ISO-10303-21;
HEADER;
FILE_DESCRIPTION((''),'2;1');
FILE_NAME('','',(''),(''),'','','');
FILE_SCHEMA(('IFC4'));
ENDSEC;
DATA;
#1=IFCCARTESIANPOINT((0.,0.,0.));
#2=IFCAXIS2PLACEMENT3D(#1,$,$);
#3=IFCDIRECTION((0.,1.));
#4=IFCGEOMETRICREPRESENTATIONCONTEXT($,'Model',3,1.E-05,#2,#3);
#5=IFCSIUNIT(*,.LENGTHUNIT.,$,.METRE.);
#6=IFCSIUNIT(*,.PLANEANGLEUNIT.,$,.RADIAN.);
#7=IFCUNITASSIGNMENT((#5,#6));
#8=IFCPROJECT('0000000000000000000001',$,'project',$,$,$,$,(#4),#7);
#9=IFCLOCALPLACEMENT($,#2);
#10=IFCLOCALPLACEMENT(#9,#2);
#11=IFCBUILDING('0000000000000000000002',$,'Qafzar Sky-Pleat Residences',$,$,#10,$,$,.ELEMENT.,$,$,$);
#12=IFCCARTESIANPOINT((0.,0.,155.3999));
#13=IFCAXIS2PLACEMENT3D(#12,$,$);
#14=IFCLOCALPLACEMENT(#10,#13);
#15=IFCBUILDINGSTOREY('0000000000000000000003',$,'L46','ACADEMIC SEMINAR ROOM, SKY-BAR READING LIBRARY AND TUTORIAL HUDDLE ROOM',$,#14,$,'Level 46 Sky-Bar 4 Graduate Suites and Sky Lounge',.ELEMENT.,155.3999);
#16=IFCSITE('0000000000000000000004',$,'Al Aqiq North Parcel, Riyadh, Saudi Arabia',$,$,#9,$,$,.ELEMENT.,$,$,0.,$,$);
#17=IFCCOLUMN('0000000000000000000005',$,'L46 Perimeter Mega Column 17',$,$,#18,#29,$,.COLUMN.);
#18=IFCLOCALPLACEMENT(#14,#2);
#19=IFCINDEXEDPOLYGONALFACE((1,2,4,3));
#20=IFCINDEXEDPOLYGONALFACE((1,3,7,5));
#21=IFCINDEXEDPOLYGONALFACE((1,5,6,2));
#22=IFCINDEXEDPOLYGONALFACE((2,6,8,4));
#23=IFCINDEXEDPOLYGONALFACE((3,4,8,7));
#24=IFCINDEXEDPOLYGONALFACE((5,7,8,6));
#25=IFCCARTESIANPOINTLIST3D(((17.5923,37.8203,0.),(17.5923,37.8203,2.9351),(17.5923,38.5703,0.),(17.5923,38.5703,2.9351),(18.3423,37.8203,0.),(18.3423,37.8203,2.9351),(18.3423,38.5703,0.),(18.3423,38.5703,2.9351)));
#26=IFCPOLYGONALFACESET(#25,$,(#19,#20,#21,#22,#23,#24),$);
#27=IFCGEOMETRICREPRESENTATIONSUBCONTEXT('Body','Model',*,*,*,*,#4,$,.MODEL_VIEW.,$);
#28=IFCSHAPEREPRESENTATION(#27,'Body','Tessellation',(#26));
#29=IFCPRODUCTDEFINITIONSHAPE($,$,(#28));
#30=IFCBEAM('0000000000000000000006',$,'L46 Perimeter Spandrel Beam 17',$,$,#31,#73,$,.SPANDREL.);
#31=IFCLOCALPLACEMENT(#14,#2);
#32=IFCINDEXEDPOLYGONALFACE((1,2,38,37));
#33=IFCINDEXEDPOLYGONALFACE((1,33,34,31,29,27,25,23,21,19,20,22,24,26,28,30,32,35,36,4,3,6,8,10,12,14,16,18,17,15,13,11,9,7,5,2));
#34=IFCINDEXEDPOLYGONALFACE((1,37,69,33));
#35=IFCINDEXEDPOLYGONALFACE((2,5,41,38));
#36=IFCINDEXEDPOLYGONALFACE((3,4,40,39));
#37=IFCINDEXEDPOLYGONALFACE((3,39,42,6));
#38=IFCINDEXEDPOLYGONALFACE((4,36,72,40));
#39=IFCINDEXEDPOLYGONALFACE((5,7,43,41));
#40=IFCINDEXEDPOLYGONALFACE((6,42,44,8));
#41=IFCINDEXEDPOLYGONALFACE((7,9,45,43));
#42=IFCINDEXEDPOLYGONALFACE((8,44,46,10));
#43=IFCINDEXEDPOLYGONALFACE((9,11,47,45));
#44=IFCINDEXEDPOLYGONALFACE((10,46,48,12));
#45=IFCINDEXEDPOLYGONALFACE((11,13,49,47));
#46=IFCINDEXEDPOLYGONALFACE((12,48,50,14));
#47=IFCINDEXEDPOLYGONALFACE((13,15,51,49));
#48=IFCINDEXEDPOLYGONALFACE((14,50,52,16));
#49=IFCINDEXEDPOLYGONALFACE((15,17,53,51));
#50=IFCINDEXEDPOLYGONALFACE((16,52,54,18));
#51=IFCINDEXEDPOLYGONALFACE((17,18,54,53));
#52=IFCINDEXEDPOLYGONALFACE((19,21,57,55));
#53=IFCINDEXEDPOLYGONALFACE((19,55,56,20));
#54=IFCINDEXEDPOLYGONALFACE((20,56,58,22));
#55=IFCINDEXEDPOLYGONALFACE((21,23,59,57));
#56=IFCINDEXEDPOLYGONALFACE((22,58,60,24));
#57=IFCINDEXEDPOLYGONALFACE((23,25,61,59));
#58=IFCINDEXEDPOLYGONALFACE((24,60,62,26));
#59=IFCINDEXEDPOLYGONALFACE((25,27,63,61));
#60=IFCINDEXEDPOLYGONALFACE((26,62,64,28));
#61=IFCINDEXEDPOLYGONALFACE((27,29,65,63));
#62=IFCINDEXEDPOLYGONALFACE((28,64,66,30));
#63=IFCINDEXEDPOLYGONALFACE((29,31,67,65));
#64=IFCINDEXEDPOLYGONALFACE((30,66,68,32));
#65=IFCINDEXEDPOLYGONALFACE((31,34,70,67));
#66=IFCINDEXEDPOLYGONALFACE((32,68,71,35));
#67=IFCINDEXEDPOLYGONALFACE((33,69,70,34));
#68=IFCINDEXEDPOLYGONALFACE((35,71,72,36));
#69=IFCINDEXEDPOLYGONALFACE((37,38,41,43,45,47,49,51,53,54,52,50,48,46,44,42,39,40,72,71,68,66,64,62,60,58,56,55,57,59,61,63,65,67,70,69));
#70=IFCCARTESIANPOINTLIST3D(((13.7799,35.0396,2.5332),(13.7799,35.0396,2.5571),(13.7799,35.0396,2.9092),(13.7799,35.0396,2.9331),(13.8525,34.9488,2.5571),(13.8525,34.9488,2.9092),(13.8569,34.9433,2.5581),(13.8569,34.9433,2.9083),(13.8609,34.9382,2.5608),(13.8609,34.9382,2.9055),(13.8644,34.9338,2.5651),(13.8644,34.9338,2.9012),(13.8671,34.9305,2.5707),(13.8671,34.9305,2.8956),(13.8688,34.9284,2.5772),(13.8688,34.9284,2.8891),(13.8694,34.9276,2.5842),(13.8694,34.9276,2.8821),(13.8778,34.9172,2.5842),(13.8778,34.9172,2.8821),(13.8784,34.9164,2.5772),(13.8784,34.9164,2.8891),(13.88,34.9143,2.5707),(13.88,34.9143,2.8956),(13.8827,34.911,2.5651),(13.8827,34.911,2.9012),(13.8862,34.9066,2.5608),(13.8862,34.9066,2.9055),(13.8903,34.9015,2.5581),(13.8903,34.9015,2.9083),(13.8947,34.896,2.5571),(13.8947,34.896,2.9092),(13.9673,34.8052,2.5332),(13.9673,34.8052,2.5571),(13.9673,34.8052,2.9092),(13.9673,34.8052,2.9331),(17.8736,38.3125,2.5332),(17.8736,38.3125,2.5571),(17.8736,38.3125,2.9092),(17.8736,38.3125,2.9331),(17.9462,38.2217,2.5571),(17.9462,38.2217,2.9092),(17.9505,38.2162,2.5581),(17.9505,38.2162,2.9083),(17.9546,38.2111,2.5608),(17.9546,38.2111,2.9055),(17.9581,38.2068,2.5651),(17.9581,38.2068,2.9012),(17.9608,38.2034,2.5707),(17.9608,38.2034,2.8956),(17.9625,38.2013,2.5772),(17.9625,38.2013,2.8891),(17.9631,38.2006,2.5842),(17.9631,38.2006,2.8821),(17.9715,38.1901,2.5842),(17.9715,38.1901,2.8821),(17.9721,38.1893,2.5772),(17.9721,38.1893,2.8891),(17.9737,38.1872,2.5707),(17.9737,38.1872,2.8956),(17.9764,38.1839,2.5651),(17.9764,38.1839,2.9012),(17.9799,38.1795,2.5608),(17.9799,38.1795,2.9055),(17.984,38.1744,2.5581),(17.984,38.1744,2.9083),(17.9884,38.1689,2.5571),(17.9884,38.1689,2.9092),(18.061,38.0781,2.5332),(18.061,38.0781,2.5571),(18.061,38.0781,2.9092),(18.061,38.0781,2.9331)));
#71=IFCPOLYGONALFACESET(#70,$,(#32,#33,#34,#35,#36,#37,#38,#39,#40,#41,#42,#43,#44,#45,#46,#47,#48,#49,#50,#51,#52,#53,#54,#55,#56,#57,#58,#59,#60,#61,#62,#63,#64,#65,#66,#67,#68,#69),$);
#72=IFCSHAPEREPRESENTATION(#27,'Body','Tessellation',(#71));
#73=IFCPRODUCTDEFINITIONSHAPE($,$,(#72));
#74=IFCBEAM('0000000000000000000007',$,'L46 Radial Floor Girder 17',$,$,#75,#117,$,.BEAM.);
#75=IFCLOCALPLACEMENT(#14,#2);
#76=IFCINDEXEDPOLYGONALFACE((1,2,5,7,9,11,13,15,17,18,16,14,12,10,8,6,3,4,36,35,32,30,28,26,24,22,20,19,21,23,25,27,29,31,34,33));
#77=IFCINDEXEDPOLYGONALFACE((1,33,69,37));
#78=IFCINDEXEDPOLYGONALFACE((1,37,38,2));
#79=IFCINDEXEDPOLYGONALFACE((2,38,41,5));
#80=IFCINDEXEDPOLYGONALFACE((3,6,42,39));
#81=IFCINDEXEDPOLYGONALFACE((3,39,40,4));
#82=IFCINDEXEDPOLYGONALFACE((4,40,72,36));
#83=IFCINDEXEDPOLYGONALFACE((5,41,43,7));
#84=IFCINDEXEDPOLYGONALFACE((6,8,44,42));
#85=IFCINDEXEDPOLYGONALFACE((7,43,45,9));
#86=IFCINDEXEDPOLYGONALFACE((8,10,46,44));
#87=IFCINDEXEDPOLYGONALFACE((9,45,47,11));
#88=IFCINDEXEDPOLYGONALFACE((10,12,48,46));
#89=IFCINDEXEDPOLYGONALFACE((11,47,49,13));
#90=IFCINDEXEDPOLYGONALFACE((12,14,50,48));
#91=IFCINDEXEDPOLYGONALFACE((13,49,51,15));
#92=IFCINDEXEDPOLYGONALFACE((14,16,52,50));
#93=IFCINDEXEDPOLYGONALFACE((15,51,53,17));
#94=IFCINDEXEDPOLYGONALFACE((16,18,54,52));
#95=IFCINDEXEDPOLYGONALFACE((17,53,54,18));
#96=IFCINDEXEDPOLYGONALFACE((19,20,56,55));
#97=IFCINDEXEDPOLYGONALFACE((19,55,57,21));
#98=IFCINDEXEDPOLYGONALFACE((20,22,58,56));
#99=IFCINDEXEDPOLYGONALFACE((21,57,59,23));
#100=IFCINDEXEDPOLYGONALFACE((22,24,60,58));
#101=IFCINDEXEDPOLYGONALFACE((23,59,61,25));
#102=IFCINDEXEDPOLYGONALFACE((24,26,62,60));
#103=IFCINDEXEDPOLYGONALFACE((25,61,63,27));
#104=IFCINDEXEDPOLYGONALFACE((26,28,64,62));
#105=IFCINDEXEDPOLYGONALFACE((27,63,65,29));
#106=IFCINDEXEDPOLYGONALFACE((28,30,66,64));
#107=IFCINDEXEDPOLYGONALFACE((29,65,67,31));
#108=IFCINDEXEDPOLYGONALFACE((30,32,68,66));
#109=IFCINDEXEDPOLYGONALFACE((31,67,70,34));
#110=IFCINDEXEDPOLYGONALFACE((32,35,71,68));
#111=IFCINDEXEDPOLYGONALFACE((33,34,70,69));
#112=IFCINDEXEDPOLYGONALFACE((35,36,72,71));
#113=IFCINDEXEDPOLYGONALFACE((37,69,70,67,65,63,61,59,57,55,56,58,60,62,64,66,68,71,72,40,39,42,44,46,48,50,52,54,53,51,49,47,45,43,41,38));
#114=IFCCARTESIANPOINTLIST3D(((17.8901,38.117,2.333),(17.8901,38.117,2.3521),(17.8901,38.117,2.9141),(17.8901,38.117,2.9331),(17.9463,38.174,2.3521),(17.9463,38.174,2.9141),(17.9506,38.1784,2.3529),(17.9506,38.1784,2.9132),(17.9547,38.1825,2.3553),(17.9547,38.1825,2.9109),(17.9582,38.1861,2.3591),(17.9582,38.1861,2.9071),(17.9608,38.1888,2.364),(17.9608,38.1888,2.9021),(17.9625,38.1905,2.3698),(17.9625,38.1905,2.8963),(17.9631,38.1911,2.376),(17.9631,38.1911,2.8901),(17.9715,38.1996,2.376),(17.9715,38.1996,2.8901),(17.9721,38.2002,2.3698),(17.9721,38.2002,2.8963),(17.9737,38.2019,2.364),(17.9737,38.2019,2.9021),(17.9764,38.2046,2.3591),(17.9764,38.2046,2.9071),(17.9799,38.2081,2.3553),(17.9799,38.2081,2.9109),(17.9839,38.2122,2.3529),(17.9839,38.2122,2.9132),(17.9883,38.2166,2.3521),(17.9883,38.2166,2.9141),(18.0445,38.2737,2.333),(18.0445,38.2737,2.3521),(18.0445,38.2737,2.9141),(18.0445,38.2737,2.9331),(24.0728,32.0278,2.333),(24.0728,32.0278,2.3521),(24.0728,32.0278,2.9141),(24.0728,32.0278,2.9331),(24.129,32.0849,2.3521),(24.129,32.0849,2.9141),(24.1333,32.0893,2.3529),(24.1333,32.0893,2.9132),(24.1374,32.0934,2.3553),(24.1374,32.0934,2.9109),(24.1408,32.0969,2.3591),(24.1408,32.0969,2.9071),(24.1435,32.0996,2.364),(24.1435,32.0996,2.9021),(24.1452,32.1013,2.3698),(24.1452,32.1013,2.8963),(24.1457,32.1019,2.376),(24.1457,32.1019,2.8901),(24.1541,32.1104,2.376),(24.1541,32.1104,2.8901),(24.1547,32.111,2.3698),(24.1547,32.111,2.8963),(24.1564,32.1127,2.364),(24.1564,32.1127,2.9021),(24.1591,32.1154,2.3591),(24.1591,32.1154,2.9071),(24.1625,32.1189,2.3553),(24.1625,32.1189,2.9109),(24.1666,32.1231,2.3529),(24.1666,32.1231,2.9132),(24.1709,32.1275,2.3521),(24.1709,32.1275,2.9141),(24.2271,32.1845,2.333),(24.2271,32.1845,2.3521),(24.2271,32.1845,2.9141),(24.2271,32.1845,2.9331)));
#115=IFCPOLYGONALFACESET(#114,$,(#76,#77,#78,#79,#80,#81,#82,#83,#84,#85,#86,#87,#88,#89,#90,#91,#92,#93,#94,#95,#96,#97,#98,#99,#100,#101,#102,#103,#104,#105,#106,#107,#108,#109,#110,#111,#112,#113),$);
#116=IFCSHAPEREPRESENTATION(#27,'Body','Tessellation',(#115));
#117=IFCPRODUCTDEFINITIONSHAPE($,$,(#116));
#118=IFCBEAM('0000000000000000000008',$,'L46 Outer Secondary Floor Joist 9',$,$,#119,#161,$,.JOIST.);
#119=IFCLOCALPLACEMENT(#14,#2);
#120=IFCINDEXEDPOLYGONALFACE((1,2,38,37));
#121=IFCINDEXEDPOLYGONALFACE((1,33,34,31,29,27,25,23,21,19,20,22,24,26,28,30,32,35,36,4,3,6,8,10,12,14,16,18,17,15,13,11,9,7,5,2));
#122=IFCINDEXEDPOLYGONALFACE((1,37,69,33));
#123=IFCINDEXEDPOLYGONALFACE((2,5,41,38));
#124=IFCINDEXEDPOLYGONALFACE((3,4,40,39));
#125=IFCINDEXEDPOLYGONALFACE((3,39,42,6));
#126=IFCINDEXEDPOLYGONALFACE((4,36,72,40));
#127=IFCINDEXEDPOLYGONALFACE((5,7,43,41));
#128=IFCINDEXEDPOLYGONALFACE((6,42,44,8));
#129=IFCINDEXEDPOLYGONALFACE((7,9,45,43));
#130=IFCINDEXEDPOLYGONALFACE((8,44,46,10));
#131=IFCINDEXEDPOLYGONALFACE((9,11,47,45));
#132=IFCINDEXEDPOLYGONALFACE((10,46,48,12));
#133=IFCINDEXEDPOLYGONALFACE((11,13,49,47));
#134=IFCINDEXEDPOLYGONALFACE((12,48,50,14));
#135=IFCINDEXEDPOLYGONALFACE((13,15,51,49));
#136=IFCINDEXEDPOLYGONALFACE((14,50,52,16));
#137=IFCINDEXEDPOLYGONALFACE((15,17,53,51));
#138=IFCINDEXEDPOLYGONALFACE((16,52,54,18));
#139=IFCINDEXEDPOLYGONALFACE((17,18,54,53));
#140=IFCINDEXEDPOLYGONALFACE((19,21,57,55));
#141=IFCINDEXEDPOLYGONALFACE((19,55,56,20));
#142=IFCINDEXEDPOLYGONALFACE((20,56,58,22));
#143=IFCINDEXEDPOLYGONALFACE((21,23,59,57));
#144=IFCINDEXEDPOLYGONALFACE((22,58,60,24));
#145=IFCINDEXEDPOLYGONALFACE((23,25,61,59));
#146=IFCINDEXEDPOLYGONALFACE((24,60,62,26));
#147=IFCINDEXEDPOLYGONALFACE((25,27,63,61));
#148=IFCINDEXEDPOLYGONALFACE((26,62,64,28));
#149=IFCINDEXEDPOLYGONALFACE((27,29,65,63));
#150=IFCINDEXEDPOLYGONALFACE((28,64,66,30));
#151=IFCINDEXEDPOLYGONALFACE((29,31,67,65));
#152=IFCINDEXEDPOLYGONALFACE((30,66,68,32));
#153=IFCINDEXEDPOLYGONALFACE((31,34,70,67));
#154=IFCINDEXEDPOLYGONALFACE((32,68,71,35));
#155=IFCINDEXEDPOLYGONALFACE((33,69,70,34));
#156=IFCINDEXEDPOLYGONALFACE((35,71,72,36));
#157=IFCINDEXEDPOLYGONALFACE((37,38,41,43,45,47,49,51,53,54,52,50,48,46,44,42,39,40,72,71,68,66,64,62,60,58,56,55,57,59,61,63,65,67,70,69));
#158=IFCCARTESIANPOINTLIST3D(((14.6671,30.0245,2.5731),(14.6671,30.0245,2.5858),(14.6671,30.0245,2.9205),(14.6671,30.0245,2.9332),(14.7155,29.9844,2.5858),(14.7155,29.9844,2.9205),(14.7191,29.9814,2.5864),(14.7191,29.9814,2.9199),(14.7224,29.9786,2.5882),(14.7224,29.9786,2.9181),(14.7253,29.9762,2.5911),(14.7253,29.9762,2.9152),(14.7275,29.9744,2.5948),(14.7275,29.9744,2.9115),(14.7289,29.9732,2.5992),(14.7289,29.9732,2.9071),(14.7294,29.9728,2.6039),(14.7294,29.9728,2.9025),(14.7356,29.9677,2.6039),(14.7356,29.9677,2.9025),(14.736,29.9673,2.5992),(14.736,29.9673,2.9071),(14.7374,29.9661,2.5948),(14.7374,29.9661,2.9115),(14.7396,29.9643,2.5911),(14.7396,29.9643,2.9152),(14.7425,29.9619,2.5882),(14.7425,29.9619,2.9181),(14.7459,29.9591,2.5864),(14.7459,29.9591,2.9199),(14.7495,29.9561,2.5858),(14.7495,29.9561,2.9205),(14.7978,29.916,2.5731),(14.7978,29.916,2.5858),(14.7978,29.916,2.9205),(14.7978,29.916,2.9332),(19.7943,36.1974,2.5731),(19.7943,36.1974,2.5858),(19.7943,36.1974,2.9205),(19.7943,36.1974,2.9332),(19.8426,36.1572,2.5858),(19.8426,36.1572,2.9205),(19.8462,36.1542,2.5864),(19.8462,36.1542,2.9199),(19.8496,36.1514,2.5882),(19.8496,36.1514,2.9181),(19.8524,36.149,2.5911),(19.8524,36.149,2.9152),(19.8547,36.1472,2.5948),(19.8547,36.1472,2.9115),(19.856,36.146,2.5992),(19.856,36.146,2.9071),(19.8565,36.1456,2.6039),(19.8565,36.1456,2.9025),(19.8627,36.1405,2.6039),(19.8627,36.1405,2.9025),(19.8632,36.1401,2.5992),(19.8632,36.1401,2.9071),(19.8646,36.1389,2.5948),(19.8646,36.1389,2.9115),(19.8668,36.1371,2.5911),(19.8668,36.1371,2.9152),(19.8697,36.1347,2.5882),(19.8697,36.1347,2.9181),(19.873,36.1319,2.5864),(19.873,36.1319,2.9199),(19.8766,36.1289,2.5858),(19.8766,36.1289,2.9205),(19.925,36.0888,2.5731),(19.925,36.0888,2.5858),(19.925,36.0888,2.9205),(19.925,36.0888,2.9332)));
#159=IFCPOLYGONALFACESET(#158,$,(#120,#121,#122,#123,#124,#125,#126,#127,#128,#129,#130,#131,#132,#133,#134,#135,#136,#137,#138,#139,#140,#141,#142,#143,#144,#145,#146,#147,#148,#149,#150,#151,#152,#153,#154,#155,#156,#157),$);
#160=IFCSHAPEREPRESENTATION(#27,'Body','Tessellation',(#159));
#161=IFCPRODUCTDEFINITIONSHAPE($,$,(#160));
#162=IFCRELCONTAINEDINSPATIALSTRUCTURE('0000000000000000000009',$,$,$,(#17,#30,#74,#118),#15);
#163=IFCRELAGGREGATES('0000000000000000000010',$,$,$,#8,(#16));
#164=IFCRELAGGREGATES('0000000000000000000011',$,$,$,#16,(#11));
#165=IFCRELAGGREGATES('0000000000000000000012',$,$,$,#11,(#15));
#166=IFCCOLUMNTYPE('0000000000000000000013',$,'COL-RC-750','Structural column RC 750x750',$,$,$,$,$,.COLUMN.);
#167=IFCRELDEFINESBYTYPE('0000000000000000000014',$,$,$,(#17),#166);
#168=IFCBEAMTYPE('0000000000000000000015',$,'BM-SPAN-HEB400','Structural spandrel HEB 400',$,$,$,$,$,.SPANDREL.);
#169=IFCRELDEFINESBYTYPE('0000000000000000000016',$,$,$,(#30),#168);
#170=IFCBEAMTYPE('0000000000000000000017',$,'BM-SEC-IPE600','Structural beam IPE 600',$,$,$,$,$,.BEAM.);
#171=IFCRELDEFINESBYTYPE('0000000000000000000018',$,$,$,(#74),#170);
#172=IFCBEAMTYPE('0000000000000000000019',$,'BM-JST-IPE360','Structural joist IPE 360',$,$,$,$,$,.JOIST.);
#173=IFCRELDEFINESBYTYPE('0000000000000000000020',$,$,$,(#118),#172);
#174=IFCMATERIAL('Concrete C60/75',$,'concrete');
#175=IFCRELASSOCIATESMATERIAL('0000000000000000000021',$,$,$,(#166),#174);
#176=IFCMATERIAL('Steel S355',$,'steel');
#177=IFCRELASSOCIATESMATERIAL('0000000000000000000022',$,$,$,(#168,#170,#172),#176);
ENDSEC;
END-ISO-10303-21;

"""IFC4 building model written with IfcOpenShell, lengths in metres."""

from ifc_helpers import new_model, si_unit, direction, frame, origin, origin_2d, place, context, subcontext, project, spatial, rectangle, i_section, extrude, source, transform, mapped, material, material_profile, profile_set, type_object, element, save


model = new_model("IFC4")

# Units and contexts
model_context = context("Model", 3, precision=1e-05, world=origin(), true_north=direction((0.0, 1.0)))
body_context = subcontext(model_context, "Body", "Model", "MODEL_VIEW")
ifc_project = project(units=[si_unit("LENGTHUNIT", "METRE"), si_unit("PLANEANGLEUNIT", "RADIAN")], contexts=[model_context])

# Site, building, storey
site_placement = place(None, origin())
site = spatial("IfcSite", under=ifc_project, at=site_placement, Name="Al Aqiq North Parcel, Riyadh, Saudi Arabia", CompositionType="ELEMENT", RefElevation=0.0)
building_placement = place(site_placement, origin())
building = spatial("IfcBuilding", under=site, at=building_placement, Name="Qafzar Sky-Pleat Residences", CompositionType="ELEMENT")
storey_placement = place(building_placement, frame((0.0, 0.0, 155.3999)))
storey = spatial("IfcBuildingStorey", under=building, at=storey_placement, Name="L46", Description="ACADEMIC SEMINAR ROOM, SKY-BAR READING LIBRARY AND TUTORIAL HUDDLE ROOM", LongName="Level 46 Sky-Bar 4 Graduate Suites and Sky Lounge", CompositionType="ELEMENT", Elevation=155.3999)

# Column
ifc_material_1 = material(Name="Concrete C60/75", Category="concrete")
ifc_material_profile_1 = material_profile(ifc_material_1, rectangle(XDim=0.75, YDim=0.75, at=origin_2d()), Name="RC 750x750")
ifc_profile_set_1 = profile_set([ifc_material_profile_1], Name="Concrete C60/75")
column_type = type_object("IfcColumnType", Name="COL-RC-750", Description="Structural column RC 750x750", PredefinedType="COLUMN", material=ifc_profile_set_1)
shared_shape_1 = source(origin(), body_context, "Body", "SweptSolid", [
    extrude(rectangle(XDim=0.75, YDim=0.75, at=origin_2d()), origin(), (0.0, 0.0, 1.0), 2.9351),
])
column_placement = place(storey_placement, frame((17.9673, 38.1953, 0.0), z_axis=(0.0, 0.0, 1.0), x_axis=(1.0, 0.0, 0.0)))
element("IfcColumn", 1, at=column_placement, inside=storey, type_object=column_type, Name="L46 Perimeter Mega Column 17", PredefinedType="COLUMN", context=body_context, shape_type="MappedRepresentation", body=[
    mapped(shared_shape_1, transform((0.0, 0.0, 0.0), x_axis=(1.0, 0.0, 0.0), y_axis=(0.0, 1.0, 0.0), z_axis=(0.0, 0.0, 1.0), scale=1.0)),
])

# Beams
ifc_material_2 = material(Name="Steel S355", Category="steel")
ifc_material_profile_2 = material_profile(ifc_material_2, i_section(OverallWidth=0.3, OverallDepth=0.3999, WebThickness=0.0134, FlangeThickness=0.0239, FilletRadius=0.0271, at=origin_2d()), Name="HEB 400")
ifc_profile_set_2 = profile_set([ifc_material_profile_2], Name="Steel S355")
beam_type_1 = type_object("IfcBeamType", Name="BM-SPAN-HEB400", Description="Structural spandrel HEB 400", PredefinedType="SPANDREL", material=ifc_profile_set_2)
shared_shape_2 = source(origin(), body_context, "Body", "SweptSolid", [
    extrude(i_section(OverallWidth=0.3, OverallDepth=0.3999, WebThickness=0.0134, FlangeThickness=0.0239, FilletRadius=0.0271, at=origin_2d()), origin(), (0.0, 0.0, 1.0), 5.2412),
])
beam_1_placement = place(storey_placement, frame((17.9673, 38.1953, 2.7332), z_axis=(-0.78106, -0.624456, 0.0), x_axis=(0.624456, -0.78106, 0.0)))
element("IfcBeam", 2, at=beam_1_placement, inside=storey, type_object=beam_type_1, Name="L46 Perimeter Spandrel Beam 17", PredefinedType="SPANDREL", context=body_context, shape_type="MappedRepresentation", body=[
    mapped(shared_shape_2, transform((0.0, 0.0, 0.0), x_axis=(1.0, 0.0, 0.0), y_axis=(0.0, 1.0, 0.0), z_axis=(0.0, 0.0, 1.0), scale=1.0)),
])
ifc_material_profile_3 = material_profile(ifc_material_2, i_section(OverallWidth=0.22, OverallDepth=0.6001, WebThickness=0.012, FlangeThickness=0.019, FilletRadius=0.0239, at=origin_2d()), Name="IPE 600")
ifc_profile_set_3 = profile_set([ifc_material_profile_3], Name="Steel S355")
beam_type_2 = type_object("IfcBeamType", Name="BM-SEC-IPE600", Description="Structural beam IPE 600", PredefinedType="BEAM", material=ifc_profile_set_3)
shared_shape_3 = source(origin(), body_context, "Body", "SweptSolid", [
    extrude(i_section(OverallWidth=0.22, OverallDepth=0.6001, WebThickness=0.012, FlangeThickness=0.019, FilletRadius=0.0239, at=origin_2d()), origin(), (0.0, 0.0, 1.0), 8.6777),
])
beam_2_placement = place(storey_placement, frame((17.9673, 38.1953, 2.6331), z_axis=(0.712474, -0.701699, 0.0), x_axis=(0.701699, 0.712474, 0.0)))
element("IfcBeam", 3, at=beam_2_placement, inside=storey, type_object=beam_type_2, Name="L46 Radial Floor Girder 17", PredefinedType="BEAM", context=body_context, shape_type="MappedRepresentation", body=[
    mapped(shared_shape_3, transform((0.0, 0.0, 0.0), x_axis=(1.0, 0.0, 0.0), y_axis=(0.0, 1.0, 0.0), z_axis=(0.0, 0.0, 1.0), scale=1.0)),
])
ifc_material_profile_4 = material_profile(ifc_material_2, i_section(OverallWidth=0.1699, OverallDepth=0.3601, WebThickness=0.0081, FlangeThickness=0.0127, FilletRadius=0.0181, at=origin_2d()), Name="IPE 360")
ifc_profile_set_4 = profile_set([ifc_material_profile_4], Name="Steel S355")
beam_type_3 = type_object("IfcBeamType", Name="BM-JST-IPE360", Description="Structural joist IPE 360", PredefinedType="JOIST", material=ifc_profile_set_4)
shared_shape_4 = source(origin(), body_context, "Body", "SweptSolid", [
    extrude(i_section(OverallWidth=0.1699, OverallDepth=0.3601, WebThickness=0.0081, FlangeThickness=0.0127, FilletRadius=0.0181, at=origin_2d()), origin(), (0.0, 0.0, 1.0), 8.0244),
])
beam_3_placement = place(storey_placement, frame((19.8596, 36.1431, 2.7532), z_axis=(-0.638945, -0.769253, 0.0), x_axis=(0.769253, -0.638945, 0.0)))
element("IfcBeam", 4, at=beam_3_placement, inside=storey, type_object=beam_type_3, Name="L46 Outer Secondary Floor Joist 9", PredefinedType="JOIST", context=body_context, shape_type="MappedRepresentation", body=[
    mapped(shared_shape_4, transform((0.0, 0.0, 0.0), x_axis=(1.0, 0.0, 0.0), y_axis=(0.0, 1.0, 0.0), z_axis=(0.0, 0.0, 1.0), scale=1.0)),
])

save(model, "model.ifc")
